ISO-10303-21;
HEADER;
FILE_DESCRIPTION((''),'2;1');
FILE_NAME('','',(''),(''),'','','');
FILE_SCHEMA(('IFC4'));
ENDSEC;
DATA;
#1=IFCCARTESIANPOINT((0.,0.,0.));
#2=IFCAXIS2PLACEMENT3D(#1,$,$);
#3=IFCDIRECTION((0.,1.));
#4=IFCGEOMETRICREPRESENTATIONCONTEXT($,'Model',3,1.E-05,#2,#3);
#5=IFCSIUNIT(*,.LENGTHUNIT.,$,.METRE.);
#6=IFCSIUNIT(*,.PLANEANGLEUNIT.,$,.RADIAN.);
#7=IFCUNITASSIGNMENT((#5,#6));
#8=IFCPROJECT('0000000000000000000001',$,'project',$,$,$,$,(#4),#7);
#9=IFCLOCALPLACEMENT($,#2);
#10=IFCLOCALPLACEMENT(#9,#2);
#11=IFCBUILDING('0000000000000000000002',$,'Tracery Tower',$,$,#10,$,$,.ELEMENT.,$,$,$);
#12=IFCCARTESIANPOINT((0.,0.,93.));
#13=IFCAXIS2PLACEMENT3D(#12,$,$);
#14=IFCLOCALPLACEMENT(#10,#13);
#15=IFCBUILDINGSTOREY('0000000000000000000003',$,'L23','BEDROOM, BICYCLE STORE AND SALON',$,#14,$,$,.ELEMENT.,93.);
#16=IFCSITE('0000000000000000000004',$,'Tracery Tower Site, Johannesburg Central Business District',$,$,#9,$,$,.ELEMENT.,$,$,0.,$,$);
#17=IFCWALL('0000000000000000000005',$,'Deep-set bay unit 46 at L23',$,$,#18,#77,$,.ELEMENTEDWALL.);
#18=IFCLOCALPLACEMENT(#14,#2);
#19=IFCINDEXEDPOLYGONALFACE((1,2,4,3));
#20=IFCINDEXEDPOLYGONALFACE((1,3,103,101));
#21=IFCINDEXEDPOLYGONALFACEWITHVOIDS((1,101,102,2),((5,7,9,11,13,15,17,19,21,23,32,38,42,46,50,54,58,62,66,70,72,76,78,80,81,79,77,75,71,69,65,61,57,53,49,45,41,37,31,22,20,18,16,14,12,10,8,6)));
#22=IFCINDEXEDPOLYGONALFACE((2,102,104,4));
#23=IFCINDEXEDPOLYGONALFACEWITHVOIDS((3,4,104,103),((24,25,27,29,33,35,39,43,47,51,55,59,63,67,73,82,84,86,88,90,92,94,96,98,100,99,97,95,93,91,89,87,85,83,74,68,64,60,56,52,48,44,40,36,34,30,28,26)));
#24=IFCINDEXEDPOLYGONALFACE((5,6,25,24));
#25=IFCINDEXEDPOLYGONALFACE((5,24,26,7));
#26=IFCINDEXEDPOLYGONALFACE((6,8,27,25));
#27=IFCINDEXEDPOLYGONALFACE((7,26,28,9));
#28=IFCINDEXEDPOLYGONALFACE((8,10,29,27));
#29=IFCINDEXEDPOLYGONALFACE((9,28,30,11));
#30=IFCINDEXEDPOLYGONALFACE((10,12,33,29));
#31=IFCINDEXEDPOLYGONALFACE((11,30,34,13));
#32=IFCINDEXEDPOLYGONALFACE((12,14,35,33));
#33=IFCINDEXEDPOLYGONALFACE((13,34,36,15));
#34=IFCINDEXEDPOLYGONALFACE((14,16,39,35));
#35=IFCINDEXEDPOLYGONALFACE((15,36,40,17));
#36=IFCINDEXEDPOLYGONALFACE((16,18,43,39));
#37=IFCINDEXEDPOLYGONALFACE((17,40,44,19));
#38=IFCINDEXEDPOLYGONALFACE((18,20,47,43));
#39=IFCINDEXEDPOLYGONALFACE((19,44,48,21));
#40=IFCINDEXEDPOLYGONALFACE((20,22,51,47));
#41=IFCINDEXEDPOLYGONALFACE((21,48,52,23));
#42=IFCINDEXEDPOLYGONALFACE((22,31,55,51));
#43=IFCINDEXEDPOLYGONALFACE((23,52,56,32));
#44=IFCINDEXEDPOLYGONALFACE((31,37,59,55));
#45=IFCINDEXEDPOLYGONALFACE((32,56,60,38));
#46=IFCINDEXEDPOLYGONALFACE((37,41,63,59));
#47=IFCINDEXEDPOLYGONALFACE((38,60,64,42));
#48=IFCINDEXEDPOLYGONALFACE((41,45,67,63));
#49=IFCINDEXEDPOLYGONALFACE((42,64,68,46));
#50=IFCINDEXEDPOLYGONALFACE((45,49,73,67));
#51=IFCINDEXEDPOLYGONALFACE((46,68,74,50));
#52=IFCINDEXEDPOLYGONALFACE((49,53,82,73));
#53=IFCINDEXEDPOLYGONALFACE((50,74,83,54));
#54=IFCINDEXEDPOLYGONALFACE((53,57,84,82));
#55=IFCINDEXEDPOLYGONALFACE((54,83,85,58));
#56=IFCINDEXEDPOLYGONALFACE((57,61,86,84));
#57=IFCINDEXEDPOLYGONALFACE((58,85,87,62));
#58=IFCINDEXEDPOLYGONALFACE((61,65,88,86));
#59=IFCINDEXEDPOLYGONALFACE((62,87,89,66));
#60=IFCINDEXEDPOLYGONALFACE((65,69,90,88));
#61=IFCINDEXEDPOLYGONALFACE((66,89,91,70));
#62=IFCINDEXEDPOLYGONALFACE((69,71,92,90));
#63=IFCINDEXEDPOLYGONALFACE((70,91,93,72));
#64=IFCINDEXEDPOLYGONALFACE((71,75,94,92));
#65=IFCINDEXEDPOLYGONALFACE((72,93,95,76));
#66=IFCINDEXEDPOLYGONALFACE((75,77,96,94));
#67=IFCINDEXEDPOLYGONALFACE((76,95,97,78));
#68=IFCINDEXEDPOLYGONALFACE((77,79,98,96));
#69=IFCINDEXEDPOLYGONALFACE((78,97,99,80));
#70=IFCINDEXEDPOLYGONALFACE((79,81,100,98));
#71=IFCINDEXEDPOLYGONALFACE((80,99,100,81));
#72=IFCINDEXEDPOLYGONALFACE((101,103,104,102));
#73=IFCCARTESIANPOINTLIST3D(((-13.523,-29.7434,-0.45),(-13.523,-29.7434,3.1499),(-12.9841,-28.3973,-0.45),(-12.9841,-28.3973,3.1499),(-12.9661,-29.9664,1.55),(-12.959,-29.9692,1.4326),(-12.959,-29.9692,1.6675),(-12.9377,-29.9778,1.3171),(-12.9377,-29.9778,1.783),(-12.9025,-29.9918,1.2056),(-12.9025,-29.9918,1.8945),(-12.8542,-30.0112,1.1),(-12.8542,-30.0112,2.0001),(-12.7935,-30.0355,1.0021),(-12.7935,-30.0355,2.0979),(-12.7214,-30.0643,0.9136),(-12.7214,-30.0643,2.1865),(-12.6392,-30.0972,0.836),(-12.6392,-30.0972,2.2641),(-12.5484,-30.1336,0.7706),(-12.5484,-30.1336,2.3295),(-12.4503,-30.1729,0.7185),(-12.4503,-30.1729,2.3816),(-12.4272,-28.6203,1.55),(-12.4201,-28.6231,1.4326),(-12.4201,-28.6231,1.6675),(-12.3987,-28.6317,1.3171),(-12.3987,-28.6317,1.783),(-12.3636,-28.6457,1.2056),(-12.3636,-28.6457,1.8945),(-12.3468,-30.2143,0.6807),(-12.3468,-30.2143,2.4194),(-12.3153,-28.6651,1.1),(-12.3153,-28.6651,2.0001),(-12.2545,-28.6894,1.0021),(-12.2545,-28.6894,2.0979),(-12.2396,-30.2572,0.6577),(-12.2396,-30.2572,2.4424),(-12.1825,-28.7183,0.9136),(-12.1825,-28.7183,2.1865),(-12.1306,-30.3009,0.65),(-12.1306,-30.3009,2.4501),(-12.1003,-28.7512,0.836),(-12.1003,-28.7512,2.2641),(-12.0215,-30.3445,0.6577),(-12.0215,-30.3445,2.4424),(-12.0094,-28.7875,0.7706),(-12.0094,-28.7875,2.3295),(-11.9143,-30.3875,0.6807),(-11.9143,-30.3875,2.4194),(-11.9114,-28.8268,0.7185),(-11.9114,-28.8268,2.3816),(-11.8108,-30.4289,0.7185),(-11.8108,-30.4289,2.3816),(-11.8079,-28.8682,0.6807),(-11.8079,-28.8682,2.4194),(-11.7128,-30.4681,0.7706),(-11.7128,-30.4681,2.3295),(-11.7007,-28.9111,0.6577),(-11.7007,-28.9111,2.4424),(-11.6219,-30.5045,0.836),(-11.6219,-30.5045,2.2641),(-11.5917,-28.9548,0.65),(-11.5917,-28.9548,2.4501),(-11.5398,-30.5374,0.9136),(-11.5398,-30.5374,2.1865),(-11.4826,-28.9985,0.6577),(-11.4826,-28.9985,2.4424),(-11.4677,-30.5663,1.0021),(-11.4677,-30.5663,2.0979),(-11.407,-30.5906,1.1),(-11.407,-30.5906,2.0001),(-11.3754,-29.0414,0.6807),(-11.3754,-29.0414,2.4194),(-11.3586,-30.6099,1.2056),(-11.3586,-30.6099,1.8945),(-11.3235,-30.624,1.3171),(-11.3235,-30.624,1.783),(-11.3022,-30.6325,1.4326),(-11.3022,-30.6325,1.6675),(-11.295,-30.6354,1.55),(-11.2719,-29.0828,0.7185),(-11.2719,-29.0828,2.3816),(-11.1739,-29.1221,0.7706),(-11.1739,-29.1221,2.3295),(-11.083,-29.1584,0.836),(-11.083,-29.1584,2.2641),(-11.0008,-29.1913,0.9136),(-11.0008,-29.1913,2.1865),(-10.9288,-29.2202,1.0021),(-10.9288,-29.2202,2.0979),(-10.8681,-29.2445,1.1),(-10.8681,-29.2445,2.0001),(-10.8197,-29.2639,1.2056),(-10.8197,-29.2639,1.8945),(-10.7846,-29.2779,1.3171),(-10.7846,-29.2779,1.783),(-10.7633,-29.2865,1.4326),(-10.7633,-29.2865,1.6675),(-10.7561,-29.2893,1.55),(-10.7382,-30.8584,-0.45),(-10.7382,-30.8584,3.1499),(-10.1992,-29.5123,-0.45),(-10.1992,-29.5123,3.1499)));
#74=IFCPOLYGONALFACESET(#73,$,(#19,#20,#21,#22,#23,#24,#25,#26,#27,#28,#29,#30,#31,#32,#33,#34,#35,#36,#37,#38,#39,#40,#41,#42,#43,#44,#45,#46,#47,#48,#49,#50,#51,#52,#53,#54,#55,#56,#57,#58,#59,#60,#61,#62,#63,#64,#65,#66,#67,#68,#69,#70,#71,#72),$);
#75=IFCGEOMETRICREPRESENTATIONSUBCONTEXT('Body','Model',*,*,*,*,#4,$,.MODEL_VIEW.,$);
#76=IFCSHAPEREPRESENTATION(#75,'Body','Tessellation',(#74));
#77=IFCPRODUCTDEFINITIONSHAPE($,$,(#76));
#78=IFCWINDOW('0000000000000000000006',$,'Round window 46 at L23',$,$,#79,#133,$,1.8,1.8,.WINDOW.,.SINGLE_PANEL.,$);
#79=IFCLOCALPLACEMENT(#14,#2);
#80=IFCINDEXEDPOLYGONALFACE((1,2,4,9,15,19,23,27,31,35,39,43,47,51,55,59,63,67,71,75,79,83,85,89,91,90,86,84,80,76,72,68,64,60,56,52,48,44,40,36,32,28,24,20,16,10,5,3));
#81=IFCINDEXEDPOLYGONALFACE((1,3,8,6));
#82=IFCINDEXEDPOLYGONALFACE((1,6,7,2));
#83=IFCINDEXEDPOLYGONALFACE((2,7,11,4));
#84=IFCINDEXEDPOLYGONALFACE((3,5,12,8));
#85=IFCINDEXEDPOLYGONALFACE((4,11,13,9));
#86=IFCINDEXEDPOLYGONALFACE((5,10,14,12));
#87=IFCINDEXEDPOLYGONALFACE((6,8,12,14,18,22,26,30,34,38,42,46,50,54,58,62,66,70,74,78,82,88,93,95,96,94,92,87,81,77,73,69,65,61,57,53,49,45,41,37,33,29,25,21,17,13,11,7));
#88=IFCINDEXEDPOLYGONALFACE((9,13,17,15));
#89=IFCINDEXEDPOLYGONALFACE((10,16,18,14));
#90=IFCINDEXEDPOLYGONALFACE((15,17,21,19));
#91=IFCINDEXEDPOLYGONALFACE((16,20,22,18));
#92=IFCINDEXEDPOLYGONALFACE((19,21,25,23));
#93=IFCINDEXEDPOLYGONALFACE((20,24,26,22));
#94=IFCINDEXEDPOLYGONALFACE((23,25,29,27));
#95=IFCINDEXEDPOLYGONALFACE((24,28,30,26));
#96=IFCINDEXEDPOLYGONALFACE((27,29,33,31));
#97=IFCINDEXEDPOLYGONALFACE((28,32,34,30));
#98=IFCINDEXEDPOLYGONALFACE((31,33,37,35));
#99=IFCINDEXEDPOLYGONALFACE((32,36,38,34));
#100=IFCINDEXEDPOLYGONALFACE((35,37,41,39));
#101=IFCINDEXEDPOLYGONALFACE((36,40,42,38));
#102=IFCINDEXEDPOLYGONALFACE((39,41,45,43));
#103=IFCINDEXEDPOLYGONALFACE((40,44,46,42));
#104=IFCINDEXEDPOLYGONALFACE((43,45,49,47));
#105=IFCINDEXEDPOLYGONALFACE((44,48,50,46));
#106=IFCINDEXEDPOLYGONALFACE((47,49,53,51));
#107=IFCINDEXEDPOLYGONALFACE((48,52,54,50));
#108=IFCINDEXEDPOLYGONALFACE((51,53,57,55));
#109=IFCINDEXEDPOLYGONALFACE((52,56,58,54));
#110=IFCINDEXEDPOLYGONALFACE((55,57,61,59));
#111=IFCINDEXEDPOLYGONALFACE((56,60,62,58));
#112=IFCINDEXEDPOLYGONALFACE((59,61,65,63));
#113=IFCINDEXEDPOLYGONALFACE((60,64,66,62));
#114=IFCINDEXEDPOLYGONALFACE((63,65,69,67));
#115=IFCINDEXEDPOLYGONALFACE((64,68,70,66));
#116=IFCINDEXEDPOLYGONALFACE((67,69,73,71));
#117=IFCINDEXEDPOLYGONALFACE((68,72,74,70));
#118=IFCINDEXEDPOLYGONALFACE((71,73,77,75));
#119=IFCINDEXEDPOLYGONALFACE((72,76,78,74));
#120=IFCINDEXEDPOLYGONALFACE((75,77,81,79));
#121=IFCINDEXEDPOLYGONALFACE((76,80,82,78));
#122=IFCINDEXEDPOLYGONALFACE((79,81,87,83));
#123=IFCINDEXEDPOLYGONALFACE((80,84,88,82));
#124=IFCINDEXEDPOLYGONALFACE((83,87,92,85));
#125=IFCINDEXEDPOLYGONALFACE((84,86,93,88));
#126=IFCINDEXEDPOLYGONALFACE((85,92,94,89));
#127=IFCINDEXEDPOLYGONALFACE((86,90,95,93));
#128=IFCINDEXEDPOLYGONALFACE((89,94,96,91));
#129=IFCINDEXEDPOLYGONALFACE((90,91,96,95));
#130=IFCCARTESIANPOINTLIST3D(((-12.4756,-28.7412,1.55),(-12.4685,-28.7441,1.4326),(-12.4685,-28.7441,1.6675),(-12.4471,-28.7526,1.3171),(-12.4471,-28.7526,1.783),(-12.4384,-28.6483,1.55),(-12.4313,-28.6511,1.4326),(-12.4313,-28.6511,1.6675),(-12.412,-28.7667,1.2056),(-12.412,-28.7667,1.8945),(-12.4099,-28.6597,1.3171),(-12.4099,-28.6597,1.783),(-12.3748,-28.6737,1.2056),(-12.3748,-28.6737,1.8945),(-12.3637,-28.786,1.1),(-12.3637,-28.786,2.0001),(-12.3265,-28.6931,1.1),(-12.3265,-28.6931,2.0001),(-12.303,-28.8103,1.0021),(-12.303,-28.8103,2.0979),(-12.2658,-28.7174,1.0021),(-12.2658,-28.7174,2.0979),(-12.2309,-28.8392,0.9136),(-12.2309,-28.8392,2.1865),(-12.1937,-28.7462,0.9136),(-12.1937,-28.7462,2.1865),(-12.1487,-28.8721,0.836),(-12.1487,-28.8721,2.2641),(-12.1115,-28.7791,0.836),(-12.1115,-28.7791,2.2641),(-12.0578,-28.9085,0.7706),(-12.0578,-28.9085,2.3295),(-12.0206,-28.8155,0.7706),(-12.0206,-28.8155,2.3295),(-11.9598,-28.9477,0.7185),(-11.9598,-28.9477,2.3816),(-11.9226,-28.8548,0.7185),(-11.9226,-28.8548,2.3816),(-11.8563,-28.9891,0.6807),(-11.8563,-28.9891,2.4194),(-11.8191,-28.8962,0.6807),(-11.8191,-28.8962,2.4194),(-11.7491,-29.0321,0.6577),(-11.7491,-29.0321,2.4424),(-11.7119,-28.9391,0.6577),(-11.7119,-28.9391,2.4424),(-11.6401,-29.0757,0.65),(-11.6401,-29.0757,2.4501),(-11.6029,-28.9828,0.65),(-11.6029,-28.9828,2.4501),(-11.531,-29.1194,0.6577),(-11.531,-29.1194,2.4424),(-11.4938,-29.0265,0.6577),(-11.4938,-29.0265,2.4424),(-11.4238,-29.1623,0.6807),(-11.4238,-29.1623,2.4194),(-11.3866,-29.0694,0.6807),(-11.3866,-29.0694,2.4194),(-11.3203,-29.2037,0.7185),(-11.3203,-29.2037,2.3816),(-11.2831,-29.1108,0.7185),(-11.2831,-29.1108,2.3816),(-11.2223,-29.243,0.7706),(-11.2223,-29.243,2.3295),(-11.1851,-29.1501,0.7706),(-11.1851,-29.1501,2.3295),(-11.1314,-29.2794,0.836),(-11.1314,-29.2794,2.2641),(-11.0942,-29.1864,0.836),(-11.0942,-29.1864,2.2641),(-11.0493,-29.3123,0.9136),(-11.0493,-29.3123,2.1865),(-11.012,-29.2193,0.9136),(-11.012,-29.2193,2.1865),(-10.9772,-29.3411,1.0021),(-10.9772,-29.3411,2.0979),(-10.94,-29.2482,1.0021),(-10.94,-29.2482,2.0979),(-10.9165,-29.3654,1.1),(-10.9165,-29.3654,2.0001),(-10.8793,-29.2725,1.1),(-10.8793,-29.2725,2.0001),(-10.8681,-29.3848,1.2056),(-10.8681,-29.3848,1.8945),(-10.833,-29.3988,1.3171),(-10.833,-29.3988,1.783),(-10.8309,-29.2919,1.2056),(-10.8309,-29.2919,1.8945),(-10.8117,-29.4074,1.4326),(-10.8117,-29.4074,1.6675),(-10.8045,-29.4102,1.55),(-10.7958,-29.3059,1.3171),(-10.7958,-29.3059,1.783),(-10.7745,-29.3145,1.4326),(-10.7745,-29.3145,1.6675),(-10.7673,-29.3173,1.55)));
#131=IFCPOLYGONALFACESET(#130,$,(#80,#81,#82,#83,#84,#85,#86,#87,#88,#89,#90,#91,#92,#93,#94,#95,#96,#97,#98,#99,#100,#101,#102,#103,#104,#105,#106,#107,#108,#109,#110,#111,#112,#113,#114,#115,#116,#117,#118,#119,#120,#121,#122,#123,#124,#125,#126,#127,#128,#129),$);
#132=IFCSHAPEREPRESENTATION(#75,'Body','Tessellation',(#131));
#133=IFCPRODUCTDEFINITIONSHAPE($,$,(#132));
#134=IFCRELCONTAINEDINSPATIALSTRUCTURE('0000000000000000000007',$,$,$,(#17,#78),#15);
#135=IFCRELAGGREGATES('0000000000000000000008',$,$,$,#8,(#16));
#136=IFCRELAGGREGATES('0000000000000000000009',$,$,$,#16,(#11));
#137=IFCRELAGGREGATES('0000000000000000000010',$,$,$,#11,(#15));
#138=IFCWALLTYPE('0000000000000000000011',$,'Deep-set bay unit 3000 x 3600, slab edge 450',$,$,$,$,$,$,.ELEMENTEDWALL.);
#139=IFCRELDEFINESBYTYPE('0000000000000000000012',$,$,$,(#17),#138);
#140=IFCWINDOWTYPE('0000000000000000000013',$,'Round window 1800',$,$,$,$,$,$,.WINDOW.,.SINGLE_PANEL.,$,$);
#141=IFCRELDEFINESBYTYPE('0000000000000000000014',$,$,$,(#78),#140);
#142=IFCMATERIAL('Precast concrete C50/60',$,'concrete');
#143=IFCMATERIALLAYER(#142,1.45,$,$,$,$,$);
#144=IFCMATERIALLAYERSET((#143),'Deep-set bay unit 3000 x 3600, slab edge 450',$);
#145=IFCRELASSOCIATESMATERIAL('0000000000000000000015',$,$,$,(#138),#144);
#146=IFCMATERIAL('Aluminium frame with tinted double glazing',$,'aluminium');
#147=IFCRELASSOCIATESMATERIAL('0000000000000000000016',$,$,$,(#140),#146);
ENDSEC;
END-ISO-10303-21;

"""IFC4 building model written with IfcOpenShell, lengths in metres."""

from ifc_helpers import new_model, si_unit, direction, frame, frame_2d, origin, origin_2d, place, context, subcontext, project, spatial, rectangle, circle, extrude, material, layer, layer_set, type_object, element, fill, save


model = new_model("IFC4")

# Units and contexts
model_context = context("Model", 3, precision=1e-05, world=origin(), true_north=direction((0.0, 1.0)))
body_context = subcontext(model_context, "Body", "Model", "MODEL_VIEW")
ifc_project = project(units=[si_unit("LENGTHUNIT", "METRE"), si_unit("PLANEANGLEUNIT", "RADIAN")], contexts=[model_context])

# Site, building, storey
site_placement = place(None, origin())
site = spatial("IfcSite", under=ifc_project, at=site_placement, Name="Tracery Tower Site, Johannesburg Central Business District", CompositionType="ELEMENT", RefElevation=0.0)
building_placement = place(site_placement, origin())
building = spatial("IfcBuilding", under=site, at=building_placement, Name="Tracery Tower", CompositionType="ELEMENT")
storey_placement = place(building_placement, frame((0.0, 0.0, 93.0)))
storey = spatial("IfcBuildingStorey", under=building, at=storey_placement, Name="L23", Description="BEDROOM, BICYCLE STORE AND SALON", CompositionType="ELEMENT", Elevation=93.0)

# Wall, opening, window
ifc_material_1 = material(Name="Precast concrete C50/60", Category="concrete")
ifc_layer_1 = layer(ifc_material_1, 1.45)
ifc_layer_set_1 = layer_set([ifc_layer_1], Name="Deep-set bay unit 3000 x 3600, slab edge 450")
wall_type_1 = type_object("IfcWallType", Name="Deep-set bay unit 3000 x 3600, slab edge 450", PredefinedType="ELEMENTEDWALL", material=ifc_layer_set_1)
wall_1_placement = place(storey_placement, frame((-13.2537, -29.0703, -0.45), z_axis=(0.0, 0.0, 1.0), x_axis=(0.928359, -0.371685, 0.0)))
wall_1 = element("IfcWall", 1, at=wall_1_placement, inside=storey, type_object=wall_type_1, Name="Deep-set bay unit 46 at L23", PredefinedType="ELEMENTEDWALL", context=body_context, shape_type="SweptSolid", body=[
    extrude(rectangle(XDim=2.9998, YDim=1.45, at=frame_2d((1.5, 0.0))), origin(), (0.0, 0.0, 1.0), 3.5999),
])
opening_1_placement = place(wall_1_placement, frame((1.5, 0.0, 2.0)))
opening_1 = element("IfcOpeningElement", 2, at=opening_1_placement, cuts=wall_1, PredefinedType="OPENING", context=body_context, shape_type="SweptSolid", body=[
    extrude(circle(Radius=0.9, at=origin_2d()), frame((0.0, 0.7349, 0.0), z_axis=(0.0, -1.0, 0.0), x_axis=(1.0, 0.0, 0.0)), (0.0, 0.0, 1.0), 1.47),
])
ifc_material_2 = material(Name="Aluminium frame with tinted double glazing", Category="aluminium")
window_type = type_object("IfcWindowType", Name="Round window 1800", PartitioningType="SINGLE_PANEL", PredefinedType="WINDOW", material=ifc_material_2)
window_1_placement = place(opening_1_placement, origin())
window_1 = element("IfcWindow", 3, at=window_1_placement, inside=storey, type_object=window_type, Name="Round window 46 at L23", OverallHeight=1.8, OverallWidth=1.8, PartitioningType="SINGLE_PANEL", PredefinedType="WINDOW", context=body_context, shape_type="SweptSolid", body=[
    extrude(circle(Radius=0.9, at=origin_2d()), frame((0.0, 0.6948, 0.0), z_axis=(0.0, -1.0, 0.0), x_axis=(1.0, 0.0, 0.0)), (0.0, 0.0, 1.0), 0.1001),
])
fill(opening_1, window_1)

save(model, "model.ifc")
